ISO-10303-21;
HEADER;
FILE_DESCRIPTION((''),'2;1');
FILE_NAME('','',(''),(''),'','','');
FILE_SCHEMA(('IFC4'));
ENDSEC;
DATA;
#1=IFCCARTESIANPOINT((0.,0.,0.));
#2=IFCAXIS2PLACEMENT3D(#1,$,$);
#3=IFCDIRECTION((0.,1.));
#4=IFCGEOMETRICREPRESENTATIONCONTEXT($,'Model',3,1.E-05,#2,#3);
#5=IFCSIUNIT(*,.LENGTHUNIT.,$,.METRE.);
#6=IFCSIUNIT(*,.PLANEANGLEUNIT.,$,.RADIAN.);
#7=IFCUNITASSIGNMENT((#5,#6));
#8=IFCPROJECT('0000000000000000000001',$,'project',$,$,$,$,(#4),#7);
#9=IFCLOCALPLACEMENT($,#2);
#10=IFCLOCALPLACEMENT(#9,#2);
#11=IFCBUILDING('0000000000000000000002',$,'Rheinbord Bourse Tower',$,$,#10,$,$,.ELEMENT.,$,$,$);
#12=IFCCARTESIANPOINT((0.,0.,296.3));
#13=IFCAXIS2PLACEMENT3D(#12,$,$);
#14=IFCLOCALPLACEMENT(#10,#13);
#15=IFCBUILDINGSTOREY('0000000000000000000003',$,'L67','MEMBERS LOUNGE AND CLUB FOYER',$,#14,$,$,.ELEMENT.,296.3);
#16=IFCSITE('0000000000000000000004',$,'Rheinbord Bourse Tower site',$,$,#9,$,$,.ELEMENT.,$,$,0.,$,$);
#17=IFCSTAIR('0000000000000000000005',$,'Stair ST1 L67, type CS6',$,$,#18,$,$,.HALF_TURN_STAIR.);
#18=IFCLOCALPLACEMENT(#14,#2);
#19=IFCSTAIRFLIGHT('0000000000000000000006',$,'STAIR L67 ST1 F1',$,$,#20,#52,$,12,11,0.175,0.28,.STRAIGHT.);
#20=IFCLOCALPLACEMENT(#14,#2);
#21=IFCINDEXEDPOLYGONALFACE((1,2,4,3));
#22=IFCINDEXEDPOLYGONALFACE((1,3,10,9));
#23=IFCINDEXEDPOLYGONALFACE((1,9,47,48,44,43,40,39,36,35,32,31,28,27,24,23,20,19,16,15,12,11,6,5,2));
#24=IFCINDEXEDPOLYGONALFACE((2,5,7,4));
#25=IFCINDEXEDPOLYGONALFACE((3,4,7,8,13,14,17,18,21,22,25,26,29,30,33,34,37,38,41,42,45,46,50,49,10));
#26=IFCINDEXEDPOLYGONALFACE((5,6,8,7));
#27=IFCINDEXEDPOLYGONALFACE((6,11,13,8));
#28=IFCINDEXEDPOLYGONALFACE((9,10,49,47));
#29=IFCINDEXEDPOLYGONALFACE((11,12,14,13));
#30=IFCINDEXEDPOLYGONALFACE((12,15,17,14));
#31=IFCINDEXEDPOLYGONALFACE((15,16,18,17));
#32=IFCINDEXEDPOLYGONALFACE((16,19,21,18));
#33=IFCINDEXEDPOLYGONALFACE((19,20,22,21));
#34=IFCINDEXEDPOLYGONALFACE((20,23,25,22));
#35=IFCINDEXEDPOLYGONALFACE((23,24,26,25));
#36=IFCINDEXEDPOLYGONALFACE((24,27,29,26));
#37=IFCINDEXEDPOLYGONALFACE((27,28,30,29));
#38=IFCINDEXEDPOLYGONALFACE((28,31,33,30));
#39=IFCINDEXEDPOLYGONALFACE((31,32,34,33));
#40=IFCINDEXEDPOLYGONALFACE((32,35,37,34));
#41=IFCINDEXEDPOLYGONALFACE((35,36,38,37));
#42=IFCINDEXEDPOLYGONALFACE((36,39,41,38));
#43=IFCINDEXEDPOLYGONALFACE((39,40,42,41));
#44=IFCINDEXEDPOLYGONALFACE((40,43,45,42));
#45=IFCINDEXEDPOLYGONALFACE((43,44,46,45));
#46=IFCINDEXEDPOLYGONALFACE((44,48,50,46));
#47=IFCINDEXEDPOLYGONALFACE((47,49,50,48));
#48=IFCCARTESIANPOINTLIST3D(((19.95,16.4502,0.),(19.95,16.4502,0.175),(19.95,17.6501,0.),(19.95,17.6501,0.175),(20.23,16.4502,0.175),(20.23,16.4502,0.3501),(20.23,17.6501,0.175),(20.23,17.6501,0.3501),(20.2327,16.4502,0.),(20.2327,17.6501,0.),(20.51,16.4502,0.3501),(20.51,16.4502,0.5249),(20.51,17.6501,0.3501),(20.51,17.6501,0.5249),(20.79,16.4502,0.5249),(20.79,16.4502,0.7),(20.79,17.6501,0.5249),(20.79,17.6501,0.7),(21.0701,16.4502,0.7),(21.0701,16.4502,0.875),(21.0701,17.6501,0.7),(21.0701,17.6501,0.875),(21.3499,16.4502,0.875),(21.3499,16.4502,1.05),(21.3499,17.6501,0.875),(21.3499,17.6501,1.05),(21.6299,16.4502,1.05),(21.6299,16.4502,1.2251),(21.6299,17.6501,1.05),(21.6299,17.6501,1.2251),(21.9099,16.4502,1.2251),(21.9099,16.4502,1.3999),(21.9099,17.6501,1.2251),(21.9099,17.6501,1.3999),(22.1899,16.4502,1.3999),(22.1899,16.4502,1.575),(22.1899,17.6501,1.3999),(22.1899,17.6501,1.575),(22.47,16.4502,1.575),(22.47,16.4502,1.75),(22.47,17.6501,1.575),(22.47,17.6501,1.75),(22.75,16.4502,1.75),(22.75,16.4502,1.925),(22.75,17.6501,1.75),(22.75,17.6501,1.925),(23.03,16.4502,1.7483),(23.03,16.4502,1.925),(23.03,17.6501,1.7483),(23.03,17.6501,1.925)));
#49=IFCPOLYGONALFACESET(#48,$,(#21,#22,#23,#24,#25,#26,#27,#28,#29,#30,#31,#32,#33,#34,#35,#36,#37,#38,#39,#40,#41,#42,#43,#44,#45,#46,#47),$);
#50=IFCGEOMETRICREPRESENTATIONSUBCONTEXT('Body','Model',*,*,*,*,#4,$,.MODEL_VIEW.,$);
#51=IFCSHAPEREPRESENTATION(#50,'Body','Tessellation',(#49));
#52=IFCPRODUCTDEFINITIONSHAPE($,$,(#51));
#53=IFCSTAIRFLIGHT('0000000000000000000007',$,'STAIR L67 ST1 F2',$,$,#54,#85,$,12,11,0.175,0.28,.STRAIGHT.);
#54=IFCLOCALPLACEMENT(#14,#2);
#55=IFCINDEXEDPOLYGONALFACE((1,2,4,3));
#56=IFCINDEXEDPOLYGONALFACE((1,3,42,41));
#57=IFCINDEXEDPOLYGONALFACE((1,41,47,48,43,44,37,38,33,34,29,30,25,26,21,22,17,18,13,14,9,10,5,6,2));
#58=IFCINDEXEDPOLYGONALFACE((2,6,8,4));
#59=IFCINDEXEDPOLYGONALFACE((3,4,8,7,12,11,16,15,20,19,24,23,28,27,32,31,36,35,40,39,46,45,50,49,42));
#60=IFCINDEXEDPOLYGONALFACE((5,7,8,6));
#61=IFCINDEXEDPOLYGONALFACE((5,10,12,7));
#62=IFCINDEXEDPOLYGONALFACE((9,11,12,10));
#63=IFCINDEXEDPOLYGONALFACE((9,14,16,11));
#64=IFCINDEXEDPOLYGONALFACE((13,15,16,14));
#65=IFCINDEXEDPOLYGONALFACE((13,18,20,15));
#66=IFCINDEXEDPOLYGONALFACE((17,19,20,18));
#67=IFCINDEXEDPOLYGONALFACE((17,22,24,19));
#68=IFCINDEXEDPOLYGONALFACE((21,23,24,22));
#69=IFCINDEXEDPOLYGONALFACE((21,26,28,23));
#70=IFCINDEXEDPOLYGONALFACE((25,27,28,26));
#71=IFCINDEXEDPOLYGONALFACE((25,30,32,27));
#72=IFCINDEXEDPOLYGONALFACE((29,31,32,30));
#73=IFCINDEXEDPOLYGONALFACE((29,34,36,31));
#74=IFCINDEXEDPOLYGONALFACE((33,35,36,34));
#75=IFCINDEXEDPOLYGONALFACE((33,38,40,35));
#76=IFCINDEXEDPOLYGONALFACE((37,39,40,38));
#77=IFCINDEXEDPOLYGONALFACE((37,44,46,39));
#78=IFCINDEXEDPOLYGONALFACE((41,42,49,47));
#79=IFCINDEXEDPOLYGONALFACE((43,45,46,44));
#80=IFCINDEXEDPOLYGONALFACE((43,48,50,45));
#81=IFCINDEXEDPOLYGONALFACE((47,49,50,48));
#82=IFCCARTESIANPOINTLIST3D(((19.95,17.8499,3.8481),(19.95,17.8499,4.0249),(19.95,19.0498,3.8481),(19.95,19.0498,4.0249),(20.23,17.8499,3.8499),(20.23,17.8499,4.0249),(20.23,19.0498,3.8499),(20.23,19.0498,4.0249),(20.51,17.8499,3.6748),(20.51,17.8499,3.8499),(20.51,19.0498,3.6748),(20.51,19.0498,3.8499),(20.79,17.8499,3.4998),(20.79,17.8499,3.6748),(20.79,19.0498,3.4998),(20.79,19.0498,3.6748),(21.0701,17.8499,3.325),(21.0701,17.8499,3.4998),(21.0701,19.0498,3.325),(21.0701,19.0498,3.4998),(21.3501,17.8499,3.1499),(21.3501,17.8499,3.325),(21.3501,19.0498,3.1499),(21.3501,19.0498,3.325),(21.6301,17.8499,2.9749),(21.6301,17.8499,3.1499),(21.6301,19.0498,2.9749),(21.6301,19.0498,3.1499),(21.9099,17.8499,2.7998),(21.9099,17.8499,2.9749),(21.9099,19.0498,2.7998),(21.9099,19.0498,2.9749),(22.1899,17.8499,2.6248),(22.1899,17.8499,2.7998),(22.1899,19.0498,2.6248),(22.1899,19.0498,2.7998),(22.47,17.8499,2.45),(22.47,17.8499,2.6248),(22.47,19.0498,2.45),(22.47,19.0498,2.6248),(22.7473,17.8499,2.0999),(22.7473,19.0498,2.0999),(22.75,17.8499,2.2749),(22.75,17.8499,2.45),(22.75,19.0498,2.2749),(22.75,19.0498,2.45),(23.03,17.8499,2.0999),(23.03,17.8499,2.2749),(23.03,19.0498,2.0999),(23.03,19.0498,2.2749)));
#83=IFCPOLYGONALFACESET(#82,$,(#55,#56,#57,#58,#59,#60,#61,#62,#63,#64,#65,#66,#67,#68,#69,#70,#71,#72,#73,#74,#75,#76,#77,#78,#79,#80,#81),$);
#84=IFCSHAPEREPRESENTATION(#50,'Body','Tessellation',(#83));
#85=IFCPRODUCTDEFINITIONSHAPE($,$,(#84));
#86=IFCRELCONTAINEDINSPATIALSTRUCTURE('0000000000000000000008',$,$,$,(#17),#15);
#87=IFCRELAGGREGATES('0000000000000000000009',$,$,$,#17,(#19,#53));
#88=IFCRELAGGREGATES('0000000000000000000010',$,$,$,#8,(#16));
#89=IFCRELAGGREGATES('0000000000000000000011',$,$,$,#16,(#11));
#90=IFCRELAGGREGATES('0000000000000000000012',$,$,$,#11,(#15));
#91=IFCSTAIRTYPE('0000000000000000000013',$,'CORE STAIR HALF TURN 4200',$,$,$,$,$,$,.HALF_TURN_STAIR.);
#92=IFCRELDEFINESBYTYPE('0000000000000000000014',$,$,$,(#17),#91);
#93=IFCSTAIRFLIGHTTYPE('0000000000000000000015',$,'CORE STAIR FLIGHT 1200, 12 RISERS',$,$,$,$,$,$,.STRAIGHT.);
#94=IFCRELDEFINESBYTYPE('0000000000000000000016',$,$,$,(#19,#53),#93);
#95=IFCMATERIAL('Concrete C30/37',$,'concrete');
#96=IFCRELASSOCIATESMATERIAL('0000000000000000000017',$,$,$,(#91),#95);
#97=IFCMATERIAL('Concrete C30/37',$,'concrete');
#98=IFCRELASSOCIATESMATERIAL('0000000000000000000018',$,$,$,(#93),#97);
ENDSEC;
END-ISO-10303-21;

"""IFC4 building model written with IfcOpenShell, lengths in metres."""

from ifc_helpers import new_model, si_unit, direction, frame, origin, place, context, subcontext, project, spatial, polyline, outline, extrude, material, type_object, element, aggregate, save


model = new_model("IFC4")

# Units and contexts
model_context = context("Model", 3, precision=1e-05, world=origin(), true_north=direction((0.0, 1.0)))
body_context = subcontext(model_context, "Body", "Model", "MODEL_VIEW")
ifc_project = project(units=[si_unit("LENGTHUNIT", "METRE"), si_unit("PLANEANGLEUNIT", "RADIAN")], contexts=[model_context])

# Site, building, storey
site_placement = place(None, origin())
site = spatial("IfcSite", under=ifc_project, at=site_placement, Name="Rheinbord Bourse Tower site", CompositionType="ELEMENT", RefElevation=0.0)
building_placement = place(site_placement, origin())
building = spatial("IfcBuilding", under=site, at=building_placement, Name="Rheinbord Bourse Tower", CompositionType="ELEMENT")
storey_placement = place(building_placement, frame((0.0, 0.0, 296.3)))
storey = spatial("IfcBuildingStorey", under=building, at=storey_placement, Name="L67", Description="MEMBERS LOUNGE AND CLUB FOYER", CompositionType="ELEMENT", Elevation=296.3)

# Stair, stair flights
ifc_material_1 = material(Name="Concrete C30/37", Category="concrete")
stair_type = type_object("IfcStairType", Name="CORE STAIR HALF TURN 4200", PredefinedType="HALF_TURN_STAIR", material=ifc_material_1)
stair_placement = place(storey_placement, origin())
stair = element("IfcStair", 1, at=stair_placement, inside=storey, type_object=stair_type, Name="Stair ST1 L67, type CS6", PredefinedType="HALF_TURN_STAIR")
ifc_material_2 = material(Name="Concrete C30/37", Category="concrete")
stair_flight_type = type_object("IfcStairFlightType", Name="CORE STAIR FLIGHT 1200, 12 RISERS", PredefinedType="STRAIGHT", material=ifc_material_2)
stair_flight_1_placement = place(storey_placement, frame((19.95, 17.05, 0.0), z_axis=(0.0, 0.0, 1.0), x_axis=(1.0, 0.0, 0.0)))
stair_flight_1 = element("IfcStairFlight", 2, at=stair_flight_1_placement, type_object=stair_flight_type, Name="STAIR L67 ST1 F1", NumberOfRisers=12, NumberOfTreads=11, PredefinedType="STRAIGHT", RiserHeight=0.175, TreadLength=0.28, context=body_context, shape_type="SweptSolid", body=[
    extrude(outline(polyline([(0.0, 0.0), (0.0, 0.175), (0.28, 0.175), (0.28, 0.3501), (0.5601, 0.3501), (0.5601, 0.5249), (0.8401, 0.5249), (0.8401, 0.7), (1.1201, 0.7), (1.1201, 0.875), (1.3999, 0.875), (1.3999, 1.05), (1.6799, 1.05), (1.6799, 1.2251), (1.96, 1.2251), (1.96, 1.3999), (2.24, 1.3999), (2.24, 1.575), (2.52, 1.575), (2.52, 1.75), (2.8, 1.75), (2.8, 1.925), (3.0801, 1.925), (3.0801, 2.1001), (3.0801, 1.7483), (0.2827, 0.0), (0.0, 0.0)])), frame((0.0, 0.6001, 0.0), z_axis=(0.0, -1.0, 0.0), x_axis=(1.0, 0.0, 0.0)), (0.0, 0.0, 1.0), 1.2),
])
stair_flight_2_placement = place(storey_placement, frame((23.03, 18.45, 2.0999), z_axis=(0.0, 0.0, 1.0), x_axis=(-1.0, 0.0, 0.0)))
stair_flight_2 = element("IfcStairFlight", 3, at=stair_flight_2_placement, type_object=stair_flight_type, Name="STAIR L67 ST1 F2", NumberOfRisers=12, NumberOfTreads=11, PredefinedType="STRAIGHT", RiserHeight=0.175, TreadLength=0.28, context=body_context, shape_type="SweptSolid", body=[
    extrude(outline(polyline([(0.0, 0.0), (0.0, 0.175), (0.28, 0.175), (0.28, 0.3501), (0.5601, 0.3501), (0.5601, 0.5249), (0.8401, 0.5249), (0.8401, 0.7), (1.1201, 0.7), (1.1201, 0.875), (1.3999, 0.875), (1.3999, 1.05), (1.6799, 1.05), (1.6799, 1.2251), (1.96, 1.2251), (1.96, 1.3999), (2.24, 1.3999), (2.24, 1.575), (2.52, 1.575), (2.52, 1.75), (2.8, 1.75), (2.8, 1.925), (3.0801, 1.925), (3.0801, 2.1001), (3.0801, 1.7483), (0.2827, 0.0), (0.0, 0.0)])), frame((0.0, 0.6001, 0.0), z_axis=(0.0, -1.0, 0.0), x_axis=(1.0, 0.0, 0.0)), (0.0, 0.0, 1.0), 1.2),
])
aggregate(stair, [stair_flight_1, stair_flight_2])

save(model, "model.ifc")
